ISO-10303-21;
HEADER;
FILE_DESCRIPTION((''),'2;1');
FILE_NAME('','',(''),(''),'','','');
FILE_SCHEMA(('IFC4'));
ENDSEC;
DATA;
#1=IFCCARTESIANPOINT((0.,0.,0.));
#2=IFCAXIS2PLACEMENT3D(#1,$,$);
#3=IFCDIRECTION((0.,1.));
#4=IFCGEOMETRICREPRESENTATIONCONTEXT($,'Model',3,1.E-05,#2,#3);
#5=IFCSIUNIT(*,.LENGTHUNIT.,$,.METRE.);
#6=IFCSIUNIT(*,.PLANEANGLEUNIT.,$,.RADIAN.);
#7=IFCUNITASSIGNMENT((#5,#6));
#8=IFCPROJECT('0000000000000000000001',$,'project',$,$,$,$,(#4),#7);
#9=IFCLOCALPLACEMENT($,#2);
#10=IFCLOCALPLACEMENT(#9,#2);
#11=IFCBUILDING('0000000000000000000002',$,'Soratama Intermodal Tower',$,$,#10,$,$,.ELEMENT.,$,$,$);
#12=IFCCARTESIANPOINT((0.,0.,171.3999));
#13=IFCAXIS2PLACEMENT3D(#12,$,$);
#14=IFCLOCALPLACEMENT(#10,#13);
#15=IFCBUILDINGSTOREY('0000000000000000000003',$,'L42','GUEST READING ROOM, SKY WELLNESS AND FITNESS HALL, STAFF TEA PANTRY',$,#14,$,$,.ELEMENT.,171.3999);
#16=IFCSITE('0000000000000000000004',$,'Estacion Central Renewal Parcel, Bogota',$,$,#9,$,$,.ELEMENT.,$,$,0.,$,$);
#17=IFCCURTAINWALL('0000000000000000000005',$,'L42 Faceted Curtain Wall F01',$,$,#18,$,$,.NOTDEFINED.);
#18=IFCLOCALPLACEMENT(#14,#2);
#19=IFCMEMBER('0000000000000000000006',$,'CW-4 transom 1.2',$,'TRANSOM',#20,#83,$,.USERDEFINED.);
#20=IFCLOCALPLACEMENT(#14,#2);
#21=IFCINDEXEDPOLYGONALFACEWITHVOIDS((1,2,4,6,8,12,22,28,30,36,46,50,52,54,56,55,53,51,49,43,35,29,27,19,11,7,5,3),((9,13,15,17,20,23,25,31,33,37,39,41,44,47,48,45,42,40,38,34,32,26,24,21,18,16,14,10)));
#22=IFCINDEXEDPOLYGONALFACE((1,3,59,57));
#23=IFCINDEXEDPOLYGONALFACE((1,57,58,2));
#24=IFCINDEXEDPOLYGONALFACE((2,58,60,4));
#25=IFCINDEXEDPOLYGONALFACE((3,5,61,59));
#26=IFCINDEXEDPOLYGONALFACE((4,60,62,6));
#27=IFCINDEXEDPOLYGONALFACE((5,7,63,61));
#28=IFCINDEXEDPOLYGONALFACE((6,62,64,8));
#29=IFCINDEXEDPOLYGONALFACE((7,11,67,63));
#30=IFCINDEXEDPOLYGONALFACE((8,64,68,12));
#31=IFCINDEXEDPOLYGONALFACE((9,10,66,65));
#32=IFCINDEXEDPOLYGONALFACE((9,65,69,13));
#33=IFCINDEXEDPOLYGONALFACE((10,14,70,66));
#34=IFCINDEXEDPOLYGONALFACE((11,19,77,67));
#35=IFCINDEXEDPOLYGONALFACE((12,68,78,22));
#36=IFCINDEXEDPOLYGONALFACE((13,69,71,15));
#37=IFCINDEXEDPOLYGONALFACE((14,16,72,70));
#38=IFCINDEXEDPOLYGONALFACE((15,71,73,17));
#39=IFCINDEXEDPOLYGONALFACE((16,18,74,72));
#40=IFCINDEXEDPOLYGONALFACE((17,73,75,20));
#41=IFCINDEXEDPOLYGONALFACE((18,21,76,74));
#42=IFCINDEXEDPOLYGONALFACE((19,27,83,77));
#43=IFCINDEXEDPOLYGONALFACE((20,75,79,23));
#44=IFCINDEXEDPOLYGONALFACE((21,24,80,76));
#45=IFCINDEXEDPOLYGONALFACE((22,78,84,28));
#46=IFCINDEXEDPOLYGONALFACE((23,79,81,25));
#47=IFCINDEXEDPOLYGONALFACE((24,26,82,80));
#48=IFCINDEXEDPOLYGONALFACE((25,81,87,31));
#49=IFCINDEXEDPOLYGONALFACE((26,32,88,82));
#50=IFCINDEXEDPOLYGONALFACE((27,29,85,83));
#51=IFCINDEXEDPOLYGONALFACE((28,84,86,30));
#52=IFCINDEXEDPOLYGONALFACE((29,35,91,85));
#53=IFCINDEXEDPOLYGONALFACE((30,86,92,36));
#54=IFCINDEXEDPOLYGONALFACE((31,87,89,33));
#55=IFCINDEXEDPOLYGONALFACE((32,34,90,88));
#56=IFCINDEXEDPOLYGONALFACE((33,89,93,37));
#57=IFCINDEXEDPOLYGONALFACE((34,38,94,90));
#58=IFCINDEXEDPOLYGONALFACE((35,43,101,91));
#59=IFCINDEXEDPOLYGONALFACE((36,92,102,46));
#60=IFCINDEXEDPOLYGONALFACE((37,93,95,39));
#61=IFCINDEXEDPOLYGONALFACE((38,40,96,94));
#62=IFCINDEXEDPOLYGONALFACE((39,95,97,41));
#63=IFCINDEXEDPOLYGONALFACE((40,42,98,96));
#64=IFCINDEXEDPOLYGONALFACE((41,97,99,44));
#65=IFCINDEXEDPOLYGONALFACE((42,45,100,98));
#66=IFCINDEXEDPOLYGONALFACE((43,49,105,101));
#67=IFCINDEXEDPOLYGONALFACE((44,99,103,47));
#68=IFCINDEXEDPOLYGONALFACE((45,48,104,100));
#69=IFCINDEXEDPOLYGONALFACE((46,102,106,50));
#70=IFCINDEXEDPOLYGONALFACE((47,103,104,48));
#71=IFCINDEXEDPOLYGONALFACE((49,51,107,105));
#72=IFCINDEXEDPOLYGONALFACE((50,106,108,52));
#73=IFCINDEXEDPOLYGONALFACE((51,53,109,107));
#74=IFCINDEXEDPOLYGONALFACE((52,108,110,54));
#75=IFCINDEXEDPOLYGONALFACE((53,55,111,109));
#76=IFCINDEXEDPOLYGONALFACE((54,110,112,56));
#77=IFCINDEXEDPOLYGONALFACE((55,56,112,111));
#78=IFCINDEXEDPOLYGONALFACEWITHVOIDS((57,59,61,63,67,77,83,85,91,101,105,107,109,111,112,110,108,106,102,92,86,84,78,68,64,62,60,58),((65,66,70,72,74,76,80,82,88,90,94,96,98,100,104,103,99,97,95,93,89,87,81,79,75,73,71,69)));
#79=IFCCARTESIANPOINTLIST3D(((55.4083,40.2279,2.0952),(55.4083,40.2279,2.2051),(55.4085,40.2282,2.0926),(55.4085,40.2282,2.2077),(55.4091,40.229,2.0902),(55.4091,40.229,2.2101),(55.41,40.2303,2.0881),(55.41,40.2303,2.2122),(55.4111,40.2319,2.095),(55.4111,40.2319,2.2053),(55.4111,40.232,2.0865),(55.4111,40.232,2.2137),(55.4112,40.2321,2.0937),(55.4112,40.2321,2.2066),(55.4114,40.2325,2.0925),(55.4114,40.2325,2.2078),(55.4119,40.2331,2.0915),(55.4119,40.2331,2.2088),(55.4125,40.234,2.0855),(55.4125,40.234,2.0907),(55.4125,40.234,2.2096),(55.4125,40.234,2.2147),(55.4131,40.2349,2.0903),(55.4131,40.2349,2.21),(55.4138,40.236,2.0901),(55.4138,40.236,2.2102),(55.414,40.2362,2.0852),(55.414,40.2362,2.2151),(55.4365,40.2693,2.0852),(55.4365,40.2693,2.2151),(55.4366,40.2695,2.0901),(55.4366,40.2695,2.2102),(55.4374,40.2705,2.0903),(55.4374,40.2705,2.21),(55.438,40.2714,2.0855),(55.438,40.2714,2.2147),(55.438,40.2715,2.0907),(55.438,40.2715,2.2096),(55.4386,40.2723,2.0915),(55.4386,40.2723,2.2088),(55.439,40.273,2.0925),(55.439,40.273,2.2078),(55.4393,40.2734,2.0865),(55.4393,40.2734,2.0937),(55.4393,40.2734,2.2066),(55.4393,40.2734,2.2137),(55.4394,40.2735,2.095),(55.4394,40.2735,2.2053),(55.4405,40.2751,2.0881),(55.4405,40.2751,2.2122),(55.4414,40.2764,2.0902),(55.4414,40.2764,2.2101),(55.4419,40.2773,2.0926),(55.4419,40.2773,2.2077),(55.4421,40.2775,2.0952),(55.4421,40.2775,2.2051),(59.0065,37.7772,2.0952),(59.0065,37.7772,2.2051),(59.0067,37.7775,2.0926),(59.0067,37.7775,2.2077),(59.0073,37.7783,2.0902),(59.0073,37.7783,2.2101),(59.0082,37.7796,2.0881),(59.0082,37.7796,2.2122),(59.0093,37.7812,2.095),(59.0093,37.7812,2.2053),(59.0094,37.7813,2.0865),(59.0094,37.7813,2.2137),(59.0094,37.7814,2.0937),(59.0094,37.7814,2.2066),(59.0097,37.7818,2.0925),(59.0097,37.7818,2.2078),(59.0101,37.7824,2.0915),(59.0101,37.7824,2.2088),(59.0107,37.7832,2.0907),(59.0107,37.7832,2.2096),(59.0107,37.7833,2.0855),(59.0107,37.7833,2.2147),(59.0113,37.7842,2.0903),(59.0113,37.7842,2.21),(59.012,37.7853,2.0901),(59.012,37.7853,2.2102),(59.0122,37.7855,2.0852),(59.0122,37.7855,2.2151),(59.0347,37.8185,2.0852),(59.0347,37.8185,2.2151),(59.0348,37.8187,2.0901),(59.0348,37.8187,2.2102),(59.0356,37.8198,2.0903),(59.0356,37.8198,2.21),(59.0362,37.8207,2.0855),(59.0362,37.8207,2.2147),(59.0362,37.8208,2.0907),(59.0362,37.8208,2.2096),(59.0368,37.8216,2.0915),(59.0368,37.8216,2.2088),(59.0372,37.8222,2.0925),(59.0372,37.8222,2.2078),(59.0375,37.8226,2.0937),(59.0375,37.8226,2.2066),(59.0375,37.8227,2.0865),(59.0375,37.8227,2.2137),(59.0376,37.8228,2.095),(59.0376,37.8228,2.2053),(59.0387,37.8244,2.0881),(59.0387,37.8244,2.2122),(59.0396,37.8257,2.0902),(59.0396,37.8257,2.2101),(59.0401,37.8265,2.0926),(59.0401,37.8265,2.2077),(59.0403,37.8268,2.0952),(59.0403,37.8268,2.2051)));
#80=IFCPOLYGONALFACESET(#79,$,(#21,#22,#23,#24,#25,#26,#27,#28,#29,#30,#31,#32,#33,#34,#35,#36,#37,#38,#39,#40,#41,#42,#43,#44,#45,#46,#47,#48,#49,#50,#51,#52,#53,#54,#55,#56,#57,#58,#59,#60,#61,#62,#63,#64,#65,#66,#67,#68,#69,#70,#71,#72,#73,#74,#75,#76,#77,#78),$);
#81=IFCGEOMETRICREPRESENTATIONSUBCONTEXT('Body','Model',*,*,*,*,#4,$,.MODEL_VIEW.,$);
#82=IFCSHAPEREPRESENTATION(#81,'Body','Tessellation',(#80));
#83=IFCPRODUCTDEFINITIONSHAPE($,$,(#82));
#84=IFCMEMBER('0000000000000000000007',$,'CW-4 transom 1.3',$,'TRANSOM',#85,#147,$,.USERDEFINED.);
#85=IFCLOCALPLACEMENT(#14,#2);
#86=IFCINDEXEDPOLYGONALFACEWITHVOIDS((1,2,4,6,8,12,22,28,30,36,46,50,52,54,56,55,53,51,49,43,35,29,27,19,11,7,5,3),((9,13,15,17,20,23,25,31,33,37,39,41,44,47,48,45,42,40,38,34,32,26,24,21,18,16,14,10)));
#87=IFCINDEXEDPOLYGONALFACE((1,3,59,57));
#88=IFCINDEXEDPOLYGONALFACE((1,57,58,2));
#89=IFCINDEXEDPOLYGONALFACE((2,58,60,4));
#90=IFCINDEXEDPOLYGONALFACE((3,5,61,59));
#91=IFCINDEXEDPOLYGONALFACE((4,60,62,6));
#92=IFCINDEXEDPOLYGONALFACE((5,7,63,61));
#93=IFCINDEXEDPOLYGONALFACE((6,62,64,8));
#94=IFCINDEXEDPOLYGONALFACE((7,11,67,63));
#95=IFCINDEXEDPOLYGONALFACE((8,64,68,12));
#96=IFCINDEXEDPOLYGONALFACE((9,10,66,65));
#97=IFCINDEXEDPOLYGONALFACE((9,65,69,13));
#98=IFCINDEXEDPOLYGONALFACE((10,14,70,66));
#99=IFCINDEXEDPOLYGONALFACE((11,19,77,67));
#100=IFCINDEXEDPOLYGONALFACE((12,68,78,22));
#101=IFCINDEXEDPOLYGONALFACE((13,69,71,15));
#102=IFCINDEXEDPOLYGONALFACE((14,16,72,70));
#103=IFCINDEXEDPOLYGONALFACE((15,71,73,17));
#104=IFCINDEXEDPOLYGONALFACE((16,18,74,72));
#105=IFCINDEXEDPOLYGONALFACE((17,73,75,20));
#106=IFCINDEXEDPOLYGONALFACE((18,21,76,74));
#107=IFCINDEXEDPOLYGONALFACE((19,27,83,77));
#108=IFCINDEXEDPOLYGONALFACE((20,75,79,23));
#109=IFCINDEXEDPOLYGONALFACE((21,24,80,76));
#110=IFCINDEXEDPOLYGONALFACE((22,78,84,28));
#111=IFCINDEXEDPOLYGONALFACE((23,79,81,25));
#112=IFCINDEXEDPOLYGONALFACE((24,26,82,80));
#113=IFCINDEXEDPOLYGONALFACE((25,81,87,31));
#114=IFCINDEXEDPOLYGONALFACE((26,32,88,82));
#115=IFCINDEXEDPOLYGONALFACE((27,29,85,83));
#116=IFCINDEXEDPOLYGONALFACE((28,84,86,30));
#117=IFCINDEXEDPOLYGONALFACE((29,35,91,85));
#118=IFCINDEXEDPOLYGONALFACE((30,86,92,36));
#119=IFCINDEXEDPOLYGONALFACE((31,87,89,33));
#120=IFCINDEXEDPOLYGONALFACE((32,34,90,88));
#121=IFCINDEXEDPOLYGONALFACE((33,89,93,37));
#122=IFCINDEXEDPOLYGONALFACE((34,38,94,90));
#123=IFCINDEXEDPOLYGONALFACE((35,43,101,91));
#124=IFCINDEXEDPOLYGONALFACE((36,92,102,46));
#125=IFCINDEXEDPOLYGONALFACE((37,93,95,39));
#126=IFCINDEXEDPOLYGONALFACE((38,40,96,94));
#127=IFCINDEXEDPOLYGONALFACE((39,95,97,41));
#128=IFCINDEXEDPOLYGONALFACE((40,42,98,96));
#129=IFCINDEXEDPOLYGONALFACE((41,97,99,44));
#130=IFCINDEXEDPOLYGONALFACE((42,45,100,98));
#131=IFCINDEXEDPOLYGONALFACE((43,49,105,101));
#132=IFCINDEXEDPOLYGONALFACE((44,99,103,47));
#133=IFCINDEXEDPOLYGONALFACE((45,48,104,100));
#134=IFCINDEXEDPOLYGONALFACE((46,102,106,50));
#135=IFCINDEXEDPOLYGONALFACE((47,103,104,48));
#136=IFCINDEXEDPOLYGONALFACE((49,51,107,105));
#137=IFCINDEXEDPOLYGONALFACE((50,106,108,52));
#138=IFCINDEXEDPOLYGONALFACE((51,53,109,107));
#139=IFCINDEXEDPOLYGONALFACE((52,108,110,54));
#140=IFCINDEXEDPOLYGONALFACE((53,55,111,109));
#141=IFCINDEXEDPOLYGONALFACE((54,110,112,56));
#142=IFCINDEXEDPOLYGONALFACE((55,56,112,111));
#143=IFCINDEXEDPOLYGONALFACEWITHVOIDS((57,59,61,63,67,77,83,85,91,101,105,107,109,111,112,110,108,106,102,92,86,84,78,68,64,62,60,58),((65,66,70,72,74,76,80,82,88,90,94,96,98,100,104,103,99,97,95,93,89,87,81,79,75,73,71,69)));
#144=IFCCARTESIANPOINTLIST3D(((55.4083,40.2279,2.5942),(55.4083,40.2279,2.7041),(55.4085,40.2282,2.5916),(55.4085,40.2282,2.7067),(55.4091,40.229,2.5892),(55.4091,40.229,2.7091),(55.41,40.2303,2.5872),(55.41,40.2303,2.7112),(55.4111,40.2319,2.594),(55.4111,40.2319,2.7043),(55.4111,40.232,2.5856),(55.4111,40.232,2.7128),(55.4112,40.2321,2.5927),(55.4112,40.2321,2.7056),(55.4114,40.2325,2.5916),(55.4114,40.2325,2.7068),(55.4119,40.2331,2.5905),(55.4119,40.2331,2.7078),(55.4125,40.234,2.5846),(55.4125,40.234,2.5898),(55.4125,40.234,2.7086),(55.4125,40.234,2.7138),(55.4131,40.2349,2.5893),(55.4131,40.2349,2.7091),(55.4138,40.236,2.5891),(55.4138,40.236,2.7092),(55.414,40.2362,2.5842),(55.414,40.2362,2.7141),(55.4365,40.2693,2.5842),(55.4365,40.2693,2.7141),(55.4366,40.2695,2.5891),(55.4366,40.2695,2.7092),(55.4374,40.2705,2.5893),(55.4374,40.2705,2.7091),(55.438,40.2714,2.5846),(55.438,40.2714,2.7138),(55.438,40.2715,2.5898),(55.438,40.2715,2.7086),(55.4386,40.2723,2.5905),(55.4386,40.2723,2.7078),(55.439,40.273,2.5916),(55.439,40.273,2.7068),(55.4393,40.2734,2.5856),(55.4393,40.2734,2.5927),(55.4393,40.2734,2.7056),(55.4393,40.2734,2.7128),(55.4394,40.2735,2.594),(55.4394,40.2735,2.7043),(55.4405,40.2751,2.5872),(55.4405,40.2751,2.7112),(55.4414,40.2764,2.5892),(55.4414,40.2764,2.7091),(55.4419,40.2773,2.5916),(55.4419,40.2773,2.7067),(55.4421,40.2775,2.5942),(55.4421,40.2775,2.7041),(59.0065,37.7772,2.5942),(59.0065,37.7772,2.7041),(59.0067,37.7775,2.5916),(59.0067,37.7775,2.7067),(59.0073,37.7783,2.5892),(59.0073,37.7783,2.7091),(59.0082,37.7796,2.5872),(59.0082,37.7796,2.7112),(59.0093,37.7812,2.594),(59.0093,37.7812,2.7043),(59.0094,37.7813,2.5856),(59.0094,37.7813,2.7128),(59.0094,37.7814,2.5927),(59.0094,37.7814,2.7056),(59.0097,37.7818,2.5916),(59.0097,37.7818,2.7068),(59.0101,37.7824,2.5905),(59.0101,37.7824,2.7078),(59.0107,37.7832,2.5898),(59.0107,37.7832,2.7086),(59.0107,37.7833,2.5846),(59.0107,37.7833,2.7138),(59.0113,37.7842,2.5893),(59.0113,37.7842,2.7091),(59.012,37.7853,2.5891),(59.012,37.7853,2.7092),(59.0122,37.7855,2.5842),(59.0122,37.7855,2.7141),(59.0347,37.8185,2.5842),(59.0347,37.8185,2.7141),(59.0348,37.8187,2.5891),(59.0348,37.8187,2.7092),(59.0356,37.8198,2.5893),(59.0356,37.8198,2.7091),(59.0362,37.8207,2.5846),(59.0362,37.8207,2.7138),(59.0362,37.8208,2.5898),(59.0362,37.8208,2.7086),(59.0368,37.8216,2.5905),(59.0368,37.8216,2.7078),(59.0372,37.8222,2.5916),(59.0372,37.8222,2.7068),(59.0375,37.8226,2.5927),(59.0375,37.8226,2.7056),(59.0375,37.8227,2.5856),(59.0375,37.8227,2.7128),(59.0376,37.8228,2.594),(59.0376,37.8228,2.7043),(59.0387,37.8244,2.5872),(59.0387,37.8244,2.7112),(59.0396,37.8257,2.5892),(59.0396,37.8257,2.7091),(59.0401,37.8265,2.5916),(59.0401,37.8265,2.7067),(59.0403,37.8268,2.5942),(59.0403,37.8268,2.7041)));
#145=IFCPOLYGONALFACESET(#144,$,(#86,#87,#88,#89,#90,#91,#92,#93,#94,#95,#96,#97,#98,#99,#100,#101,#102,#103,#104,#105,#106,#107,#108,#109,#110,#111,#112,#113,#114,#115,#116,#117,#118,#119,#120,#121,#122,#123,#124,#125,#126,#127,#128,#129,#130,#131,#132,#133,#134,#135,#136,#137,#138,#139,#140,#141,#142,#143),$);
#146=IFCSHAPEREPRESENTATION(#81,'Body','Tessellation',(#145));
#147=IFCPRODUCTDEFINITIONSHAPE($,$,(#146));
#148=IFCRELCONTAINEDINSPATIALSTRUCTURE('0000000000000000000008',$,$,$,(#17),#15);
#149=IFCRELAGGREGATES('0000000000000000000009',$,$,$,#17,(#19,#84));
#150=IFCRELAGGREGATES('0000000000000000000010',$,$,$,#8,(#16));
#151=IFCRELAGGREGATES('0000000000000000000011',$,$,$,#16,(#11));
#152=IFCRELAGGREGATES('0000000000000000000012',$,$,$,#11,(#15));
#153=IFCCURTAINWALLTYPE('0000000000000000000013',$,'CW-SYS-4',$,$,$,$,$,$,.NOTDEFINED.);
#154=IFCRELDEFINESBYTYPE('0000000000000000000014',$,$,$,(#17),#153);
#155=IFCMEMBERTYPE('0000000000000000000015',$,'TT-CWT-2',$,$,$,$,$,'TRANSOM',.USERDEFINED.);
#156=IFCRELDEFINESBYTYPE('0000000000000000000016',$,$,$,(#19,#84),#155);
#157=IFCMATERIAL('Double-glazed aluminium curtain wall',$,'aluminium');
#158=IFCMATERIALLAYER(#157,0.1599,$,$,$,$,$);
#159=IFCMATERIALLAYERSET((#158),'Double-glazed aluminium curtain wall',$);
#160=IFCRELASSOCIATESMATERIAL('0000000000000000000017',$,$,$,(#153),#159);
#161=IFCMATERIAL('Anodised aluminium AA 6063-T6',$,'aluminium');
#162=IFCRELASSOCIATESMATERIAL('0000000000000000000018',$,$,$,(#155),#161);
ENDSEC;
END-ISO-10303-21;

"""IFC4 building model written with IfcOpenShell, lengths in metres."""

from ifc_helpers import new_model, si_unit, direction, frame, origin, origin_2d, place, context, subcontext, project, spatial, hollow_rectangle, extrude, material, layer, layer_set, material_profile, profile_set, type_object, element, aggregate, save


model = new_model("IFC4")

# Units and contexts
model_context = context("Model", 3, precision=1e-05, world=origin(), true_north=direction((0.0, 1.0)))
body_context = subcontext(model_context, "Body", "Model", "MODEL_VIEW")
ifc_project = project(units=[si_unit("LENGTHUNIT", "METRE"), si_unit("PLANEANGLEUNIT", "RADIAN")], contexts=[model_context])

# Site, building, storey
site_placement = place(None, origin())
site = spatial("IfcSite", under=ifc_project, at=site_placement, Name="Estacion Central Renewal Parcel, Bogota", CompositionType="ELEMENT", RefElevation=0.0)
building_placement = place(site_placement, origin())
building = spatial("IfcBuilding", under=site, at=building_placement, Name="Soratama Intermodal Tower", CompositionType="ELEMENT")
storey_placement = place(building_placement, frame((0.0, 0.0, 171.3999)))
storey = spatial("IfcBuildingStorey", under=building, at=storey_placement, Name="L42", Description="GUEST READING ROOM, SKY WELLNESS AND FITNESS HALL, STAFF TEA PANTRY", CompositionType="ELEMENT", Elevation=171.3999)

# Curtain wall
ifc_material_1 = material(Name="Double-glazed aluminium curtain wall", Category="aluminium")
ifc_layer_1 = layer(ifc_material_1, 0.1599)
ifc_layer_set_1 = layer_set([ifc_layer_1], Name="Double-glazed aluminium curtain wall")
curtain_wall_type = type_object("IfcCurtainWallType", Name="CW-SYS-4", PredefinedType="NOTDEFINED", material=ifc_layer_set_1)
curtain_wall_1_placement = place(storey_placement, origin())
curtain_wall_1 = element("IfcCurtainWall", 1, at=curtain_wall_1_placement, inside=storey, type_object=curtain_wall_type, Name="L42 Faceted Curtain Wall F01", PredefinedType="NOTDEFINED")

# Members
ifc_material_2 = material(Name="Anodised aluminium AA 6063-T6", Category="aluminium")
ifc_material_profile_1 = material_profile(ifc_material_2, hollow_rectangle(XDim=0.0601, YDim=0.1299, WallThickness=0.0049, InnerFilletRadius=0.0049, OuterFilletRadius=0.01, at=origin_2d()), Name="CWT130X60X5")
ifc_profile_set_1 = profile_set([ifc_material_profile_1], Name="Anodised aluminium AA 6063-T6")
member_type_1 = type_object("IfcMemberType", Name="TT-CWT-2", ElementType="TRANSOM", PredefinedType="USERDEFINED", material=ifc_profile_set_1)
member_1_placement = place(storey_placement, frame((59.0234, 37.802, 2.1501), z_axis=(-0.826505, 0.56293, 0.0), x_axis=(-0.56293, -0.826505, 0.0)))
member_1 = element("IfcMember", 2, at=member_1_placement, type_object=member_type_1, Name="CW-4 transom 1.2", ObjectType="TRANSOM", PredefinedType="USERDEFINED", context=body_context, shape_type="SweptSolid", body=[
    extrude(hollow_rectangle(XDim=0.0601, YDim=0.1299, WallThickness=0.0049, InnerFilletRadius=0.0049, OuterFilletRadius=0.01, at=origin_2d()), origin(), (0.0, 0.0, 1.0), 4.3535),
])
member_2_placement = place(storey_placement, frame((59.0234, 37.802, 2.6492), z_axis=(-0.826505, 0.56293, 0.0), x_axis=(-0.56293, -0.826505, 0.0)))
member_2 = element("IfcMember", 3, at=member_2_placement, type_object=member_type_1, Name="CW-4 transom 1.3", ObjectType="TRANSOM", PredefinedType="USERDEFINED", context=body_context, shape_type="SweptSolid", body=[
    extrude(hollow_rectangle(XDim=0.0601, YDim=0.1299, WallThickness=0.0049, InnerFilletRadius=0.0049, OuterFilletRadius=0.01, at=origin_2d()), origin(), (0.0, 0.0, 1.0), 4.3535),
])
aggregate(curtain_wall_1, [member_1, member_2])

save(model, "model.ifc")
